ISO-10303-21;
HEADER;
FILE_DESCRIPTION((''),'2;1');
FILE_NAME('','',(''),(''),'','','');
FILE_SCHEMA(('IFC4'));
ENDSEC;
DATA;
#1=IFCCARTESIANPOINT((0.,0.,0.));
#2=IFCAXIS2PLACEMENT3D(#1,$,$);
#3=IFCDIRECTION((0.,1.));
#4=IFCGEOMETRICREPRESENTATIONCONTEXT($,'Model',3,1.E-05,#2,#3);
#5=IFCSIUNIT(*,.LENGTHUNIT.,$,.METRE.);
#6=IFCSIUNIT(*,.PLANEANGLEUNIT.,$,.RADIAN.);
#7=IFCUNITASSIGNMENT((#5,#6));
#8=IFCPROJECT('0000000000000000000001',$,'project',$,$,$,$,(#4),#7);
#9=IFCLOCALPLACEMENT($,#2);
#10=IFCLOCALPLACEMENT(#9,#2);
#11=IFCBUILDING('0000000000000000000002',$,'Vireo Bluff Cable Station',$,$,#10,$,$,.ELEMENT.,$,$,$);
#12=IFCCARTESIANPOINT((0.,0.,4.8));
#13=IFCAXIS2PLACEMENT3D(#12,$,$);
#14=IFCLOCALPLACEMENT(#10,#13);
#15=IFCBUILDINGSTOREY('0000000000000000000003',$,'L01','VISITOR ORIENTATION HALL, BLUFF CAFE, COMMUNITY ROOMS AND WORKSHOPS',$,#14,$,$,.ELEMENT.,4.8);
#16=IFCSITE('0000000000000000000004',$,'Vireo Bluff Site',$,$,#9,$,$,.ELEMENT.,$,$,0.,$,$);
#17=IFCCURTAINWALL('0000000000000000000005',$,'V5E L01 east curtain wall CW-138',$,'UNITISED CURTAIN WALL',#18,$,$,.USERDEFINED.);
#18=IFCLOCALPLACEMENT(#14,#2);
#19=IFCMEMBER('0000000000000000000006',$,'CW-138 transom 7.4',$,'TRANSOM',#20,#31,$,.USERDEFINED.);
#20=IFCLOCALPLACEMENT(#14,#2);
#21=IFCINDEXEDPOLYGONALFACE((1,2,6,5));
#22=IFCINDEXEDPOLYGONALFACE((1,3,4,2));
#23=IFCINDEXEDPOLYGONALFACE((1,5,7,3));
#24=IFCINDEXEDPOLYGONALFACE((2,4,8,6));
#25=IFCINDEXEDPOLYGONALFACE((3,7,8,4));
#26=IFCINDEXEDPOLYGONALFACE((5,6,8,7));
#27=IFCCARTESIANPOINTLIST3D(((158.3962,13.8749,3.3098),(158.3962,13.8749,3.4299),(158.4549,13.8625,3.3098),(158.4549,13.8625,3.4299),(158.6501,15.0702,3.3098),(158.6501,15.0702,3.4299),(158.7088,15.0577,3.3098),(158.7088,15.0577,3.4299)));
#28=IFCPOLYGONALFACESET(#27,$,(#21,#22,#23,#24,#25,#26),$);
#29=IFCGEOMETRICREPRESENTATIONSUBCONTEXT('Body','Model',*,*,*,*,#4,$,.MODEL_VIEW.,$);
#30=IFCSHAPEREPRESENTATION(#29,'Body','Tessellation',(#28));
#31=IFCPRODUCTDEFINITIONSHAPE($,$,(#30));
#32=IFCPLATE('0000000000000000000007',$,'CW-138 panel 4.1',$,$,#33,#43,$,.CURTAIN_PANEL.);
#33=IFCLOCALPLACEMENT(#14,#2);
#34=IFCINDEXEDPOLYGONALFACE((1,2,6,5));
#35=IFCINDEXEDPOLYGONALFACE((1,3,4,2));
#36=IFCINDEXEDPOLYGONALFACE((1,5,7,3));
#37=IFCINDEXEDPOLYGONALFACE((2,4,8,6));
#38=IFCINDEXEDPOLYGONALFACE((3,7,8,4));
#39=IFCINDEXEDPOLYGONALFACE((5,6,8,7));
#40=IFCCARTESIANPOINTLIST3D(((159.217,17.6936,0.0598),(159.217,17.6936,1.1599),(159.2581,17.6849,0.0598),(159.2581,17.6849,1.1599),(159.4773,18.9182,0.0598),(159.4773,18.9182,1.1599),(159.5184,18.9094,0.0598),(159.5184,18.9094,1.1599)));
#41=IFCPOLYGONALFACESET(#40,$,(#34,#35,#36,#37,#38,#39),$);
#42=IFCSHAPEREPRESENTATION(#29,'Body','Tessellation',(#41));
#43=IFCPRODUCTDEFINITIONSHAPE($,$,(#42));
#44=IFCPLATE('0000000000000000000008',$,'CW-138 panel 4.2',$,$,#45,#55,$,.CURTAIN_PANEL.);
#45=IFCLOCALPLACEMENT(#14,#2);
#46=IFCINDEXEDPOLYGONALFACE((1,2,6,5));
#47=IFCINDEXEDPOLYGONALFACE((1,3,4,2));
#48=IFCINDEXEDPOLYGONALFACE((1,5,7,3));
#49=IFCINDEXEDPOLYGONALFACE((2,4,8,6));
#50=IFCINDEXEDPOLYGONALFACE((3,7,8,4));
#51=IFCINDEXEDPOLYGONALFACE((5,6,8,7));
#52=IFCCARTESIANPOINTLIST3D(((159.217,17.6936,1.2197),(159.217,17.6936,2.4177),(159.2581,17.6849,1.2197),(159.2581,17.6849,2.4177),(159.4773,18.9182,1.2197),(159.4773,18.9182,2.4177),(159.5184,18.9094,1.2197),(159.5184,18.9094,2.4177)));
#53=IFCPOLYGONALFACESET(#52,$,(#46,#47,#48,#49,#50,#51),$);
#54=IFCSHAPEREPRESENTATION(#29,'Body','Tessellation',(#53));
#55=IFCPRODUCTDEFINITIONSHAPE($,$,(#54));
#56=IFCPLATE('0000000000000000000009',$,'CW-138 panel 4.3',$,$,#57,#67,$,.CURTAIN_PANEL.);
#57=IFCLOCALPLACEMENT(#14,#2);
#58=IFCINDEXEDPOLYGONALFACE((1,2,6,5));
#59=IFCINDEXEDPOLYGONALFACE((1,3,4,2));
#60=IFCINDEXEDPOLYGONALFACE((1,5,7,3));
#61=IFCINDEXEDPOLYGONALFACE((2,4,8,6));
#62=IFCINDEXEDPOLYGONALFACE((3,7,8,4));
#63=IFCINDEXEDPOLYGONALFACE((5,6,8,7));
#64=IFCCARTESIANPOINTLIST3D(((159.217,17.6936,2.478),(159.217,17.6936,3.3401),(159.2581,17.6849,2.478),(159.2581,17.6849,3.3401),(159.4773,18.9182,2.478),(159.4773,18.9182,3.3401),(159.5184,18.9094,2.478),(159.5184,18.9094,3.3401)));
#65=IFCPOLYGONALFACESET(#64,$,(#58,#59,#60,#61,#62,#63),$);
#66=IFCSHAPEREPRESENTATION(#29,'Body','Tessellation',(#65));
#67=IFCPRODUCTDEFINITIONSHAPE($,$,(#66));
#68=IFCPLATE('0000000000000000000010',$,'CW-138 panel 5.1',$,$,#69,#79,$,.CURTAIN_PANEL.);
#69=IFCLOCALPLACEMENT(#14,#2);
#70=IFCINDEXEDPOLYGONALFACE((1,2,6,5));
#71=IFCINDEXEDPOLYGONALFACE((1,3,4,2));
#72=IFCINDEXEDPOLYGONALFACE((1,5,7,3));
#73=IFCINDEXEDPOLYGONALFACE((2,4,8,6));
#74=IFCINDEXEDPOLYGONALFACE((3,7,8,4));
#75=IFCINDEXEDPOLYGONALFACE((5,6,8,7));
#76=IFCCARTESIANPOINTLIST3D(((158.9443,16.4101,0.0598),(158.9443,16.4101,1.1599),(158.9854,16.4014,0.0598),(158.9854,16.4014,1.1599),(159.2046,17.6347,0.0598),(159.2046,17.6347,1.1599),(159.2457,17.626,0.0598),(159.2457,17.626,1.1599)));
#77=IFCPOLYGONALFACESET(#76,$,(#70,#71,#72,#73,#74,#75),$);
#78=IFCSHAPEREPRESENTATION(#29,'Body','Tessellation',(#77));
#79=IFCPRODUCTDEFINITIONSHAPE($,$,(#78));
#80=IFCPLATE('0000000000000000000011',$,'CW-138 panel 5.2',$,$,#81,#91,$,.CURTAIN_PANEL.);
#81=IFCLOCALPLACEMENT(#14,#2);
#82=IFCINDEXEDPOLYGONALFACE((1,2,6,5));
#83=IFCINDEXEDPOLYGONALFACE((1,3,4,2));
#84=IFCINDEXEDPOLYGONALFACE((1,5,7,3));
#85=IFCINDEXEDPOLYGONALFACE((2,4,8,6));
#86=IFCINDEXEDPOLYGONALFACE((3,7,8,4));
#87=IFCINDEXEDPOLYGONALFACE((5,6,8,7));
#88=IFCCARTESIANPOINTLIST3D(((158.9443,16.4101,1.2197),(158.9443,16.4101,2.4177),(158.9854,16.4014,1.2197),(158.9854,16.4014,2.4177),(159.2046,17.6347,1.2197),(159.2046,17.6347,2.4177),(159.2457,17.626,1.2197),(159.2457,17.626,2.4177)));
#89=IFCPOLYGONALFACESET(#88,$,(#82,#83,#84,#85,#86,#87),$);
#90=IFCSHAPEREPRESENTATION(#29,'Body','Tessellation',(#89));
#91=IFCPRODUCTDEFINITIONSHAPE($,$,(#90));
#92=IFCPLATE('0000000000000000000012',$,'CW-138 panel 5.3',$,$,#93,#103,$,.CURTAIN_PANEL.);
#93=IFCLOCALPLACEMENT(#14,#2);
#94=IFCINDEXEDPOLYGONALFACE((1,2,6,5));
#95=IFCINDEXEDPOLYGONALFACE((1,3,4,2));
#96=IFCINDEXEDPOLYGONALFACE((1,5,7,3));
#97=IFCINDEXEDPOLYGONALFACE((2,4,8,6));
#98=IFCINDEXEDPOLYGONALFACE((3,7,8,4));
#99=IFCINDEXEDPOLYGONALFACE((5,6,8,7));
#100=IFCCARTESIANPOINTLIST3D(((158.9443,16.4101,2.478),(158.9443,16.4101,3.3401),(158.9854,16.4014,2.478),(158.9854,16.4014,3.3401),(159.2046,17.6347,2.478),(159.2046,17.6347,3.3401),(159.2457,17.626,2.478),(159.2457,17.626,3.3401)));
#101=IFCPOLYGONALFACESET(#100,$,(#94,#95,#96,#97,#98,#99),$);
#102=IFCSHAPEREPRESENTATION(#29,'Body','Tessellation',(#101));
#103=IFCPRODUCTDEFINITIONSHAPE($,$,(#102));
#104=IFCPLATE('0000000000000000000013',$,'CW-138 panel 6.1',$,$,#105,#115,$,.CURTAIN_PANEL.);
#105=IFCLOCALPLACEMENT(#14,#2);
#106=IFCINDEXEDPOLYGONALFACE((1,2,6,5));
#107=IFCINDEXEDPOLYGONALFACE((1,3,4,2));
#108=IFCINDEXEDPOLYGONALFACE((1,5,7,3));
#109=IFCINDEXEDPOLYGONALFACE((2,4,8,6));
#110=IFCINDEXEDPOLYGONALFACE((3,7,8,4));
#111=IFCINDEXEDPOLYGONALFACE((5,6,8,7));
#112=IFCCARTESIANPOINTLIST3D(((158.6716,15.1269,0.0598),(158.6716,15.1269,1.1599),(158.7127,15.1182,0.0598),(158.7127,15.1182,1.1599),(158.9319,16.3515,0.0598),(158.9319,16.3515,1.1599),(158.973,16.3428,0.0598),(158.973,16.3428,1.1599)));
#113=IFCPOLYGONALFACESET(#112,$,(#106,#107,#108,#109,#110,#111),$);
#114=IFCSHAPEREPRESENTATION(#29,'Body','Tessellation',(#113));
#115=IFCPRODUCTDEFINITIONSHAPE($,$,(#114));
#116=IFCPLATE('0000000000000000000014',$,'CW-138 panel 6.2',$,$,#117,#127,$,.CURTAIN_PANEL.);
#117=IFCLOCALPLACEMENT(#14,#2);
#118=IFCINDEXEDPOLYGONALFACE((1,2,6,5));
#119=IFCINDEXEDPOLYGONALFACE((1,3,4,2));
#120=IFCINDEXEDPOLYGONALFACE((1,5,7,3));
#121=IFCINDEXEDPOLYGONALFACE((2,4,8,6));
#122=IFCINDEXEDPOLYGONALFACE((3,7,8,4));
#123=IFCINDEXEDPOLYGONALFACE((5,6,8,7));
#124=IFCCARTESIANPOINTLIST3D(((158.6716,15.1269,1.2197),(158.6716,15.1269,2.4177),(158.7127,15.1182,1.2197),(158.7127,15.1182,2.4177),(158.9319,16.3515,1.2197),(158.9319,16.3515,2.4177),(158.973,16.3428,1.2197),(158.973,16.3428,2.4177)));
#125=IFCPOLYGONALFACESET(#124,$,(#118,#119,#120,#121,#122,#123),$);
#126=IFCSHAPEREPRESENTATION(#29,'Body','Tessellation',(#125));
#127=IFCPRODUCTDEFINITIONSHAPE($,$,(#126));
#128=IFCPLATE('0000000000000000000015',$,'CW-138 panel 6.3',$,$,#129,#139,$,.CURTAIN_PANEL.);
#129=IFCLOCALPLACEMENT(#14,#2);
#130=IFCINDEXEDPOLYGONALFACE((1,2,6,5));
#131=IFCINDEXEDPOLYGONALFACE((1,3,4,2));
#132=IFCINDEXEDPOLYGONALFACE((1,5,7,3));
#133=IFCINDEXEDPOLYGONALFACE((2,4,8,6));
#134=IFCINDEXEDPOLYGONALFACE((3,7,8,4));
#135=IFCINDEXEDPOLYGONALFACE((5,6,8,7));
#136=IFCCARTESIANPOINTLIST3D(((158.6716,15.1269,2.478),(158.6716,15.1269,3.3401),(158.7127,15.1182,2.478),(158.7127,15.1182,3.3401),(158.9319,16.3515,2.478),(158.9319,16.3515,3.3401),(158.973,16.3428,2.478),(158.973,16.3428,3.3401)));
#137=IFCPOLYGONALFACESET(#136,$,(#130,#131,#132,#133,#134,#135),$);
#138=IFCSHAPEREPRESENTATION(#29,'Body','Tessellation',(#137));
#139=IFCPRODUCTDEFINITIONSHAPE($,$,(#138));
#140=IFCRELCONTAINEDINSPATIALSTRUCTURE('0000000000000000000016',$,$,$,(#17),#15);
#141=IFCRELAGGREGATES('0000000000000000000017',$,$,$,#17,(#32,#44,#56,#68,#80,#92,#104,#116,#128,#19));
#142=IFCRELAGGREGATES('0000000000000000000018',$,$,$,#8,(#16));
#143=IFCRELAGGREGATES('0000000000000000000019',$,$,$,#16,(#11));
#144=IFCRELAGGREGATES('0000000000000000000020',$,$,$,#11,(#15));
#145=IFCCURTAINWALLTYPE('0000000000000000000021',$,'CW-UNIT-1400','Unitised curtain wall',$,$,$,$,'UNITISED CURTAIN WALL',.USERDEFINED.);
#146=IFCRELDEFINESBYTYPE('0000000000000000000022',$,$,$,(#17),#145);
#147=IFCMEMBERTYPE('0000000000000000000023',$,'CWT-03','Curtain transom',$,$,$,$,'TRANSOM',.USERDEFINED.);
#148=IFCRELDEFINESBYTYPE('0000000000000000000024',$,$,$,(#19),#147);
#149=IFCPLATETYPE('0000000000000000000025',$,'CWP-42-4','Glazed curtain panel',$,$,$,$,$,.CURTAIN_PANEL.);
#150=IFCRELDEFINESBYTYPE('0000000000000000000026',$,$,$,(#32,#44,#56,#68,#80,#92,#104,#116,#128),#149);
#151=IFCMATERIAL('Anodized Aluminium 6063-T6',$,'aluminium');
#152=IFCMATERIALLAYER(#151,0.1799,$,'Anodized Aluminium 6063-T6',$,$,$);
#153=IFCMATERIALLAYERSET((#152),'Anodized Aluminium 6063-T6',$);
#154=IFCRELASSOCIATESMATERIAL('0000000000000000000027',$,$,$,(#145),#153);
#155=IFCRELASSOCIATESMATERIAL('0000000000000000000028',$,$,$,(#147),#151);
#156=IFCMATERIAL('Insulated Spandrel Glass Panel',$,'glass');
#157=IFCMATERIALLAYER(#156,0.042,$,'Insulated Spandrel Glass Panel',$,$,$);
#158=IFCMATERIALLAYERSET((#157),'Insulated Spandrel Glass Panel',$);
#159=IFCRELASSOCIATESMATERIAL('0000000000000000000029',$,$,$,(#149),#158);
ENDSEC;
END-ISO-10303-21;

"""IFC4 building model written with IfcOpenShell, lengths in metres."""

from ifc_helpers import new_model, si_unit, direction, frame, origin, origin_2d, place, context, subcontext, project, spatial, rectangle, extrude, material, layer, layer_set, material_profile, profile_set, type_object, element, aggregate, save


model = new_model("IFC4")

# Units and contexts
model_context = context("Model", 3, precision=1e-05, world=origin(), true_north=direction((0.0, 1.0)))
body_context = subcontext(model_context, "Body", "Model", "MODEL_VIEW")
ifc_project = project(units=[si_unit("LENGTHUNIT", "METRE"), si_unit("PLANEANGLEUNIT", "RADIAN")], contexts=[model_context])

# Site, building, storey
site_placement = place(None, origin())
site = spatial("IfcSite", under=ifc_project, at=site_placement, Name="Vireo Bluff Site", CompositionType="ELEMENT", RefElevation=0.0)
building_placement = place(site_placement, origin())
building = spatial("IfcBuilding", under=site, at=building_placement, Name="Vireo Bluff Cable Station", CompositionType="ELEMENT")
storey_placement = place(building_placement, frame((0.0, 0.0, 4.8)))
storey = spatial("IfcBuildingStorey", under=building, at=storey_placement, Name="L01", Description="VISITOR ORIENTATION HALL, BLUFF CAFE, COMMUNITY ROOMS AND WORKSHOPS", CompositionType="ELEMENT", Elevation=4.8)

# Curtain wall, member, plates
ifc_material_1 = material(Name="Anodized Aluminium 6063-T6", Category="aluminium")
ifc_layer_1 = layer(ifc_material_1, 0.1799, Name="Anodized Aluminium 6063-T6")
ifc_layer_set_1 = layer_set([ifc_layer_1], Name="Anodized Aluminium 6063-T6")
curtain_wall_type = type_object("IfcCurtainWallType", Name="CW-UNIT-1400", Description="Unitised curtain wall", ElementType="UNITISED CURTAIN WALL", PredefinedType="USERDEFINED", material=ifc_layer_set_1)
curtain_wall_placement = place(storey_placement, origin())
curtain_wall = element("IfcCurtainWall", 1, at=curtain_wall_placement, inside=storey, type_object=curtain_wall_type, Name="V5E L01 east curtain wall CW-138", ObjectType="UNITISED CURTAIN WALL", PredefinedType="USERDEFINED")
ifc_material_profile_1 = material_profile(ifc_material_1, rectangle(XDim=0.0601, YDim=0.1201, at=origin_2d()), Name="ALU-T-60X120")
ifc_profile_set_1 = profile_set([ifc_material_profile_1], Name="Anodized Aluminium 6063-T6")
member_type_1 = type_object("IfcMemberType", Name="CWT-03", Description="Curtain transom", ElementType="TRANSOM", PredefinedType="USERDEFINED", material=ifc_profile_set_1)
member_1_placement = place(storey_placement, frame((158.6794, 15.064, 3.3699), z_axis=(-0.207782, -0.978175, 0.0), x_axis=(0.978175, -0.207782, 0.0)))
member_1 = element("IfcMember", 2, at=member_1_placement, type_object=member_type_1, Name="CW-138 transom 7.4", ObjectType="TRANSOM", PredefinedType="USERDEFINED", context=body_context, shape_type="SweptSolid", body=[
    extrude(rectangle(XDim=0.0601, YDim=0.1201, at=origin_2d()), origin(), (0.0, 0.0, 1.0), 1.2219),
])
ifc_material_2 = material(Name="Insulated Spandrel Glass Panel", Category="glass")
ifc_layer_2 = layer(ifc_material_2, 0.042, Name="Insulated Spandrel Glass Panel")
ifc_layer_set_2 = layer_set([ifc_layer_2], Name="Insulated Spandrel Glass Panel")
plate_type = type_object("IfcPlateType", Name="CWP-42-4", Description="Glazed curtain panel", PredefinedType="CURTAIN_PANEL", material=ifc_layer_set_2)
plate_1_placement = place(storey_placement, frame((159.3677, 18.3015, 0.0598), z_axis=(0.0, 0.0, 1.0), x_axis=(-0.207912, -0.978148, 0.0)))
plate_1 = element("IfcPlate", 3, at=plate_1_placement, type_object=plate_type, Name="CW-138 panel 4.1", PredefinedType="CURTAIN_PANEL", context=body_context, shape_type="SweptSolid", body=[
    extrude(rectangle(XDim=1.252, YDim=0.042, at=origin_2d()), origin(), (0.0, 0.0, 1.0), 1.1001),
])
plate_2_placement = place(storey_placement, frame((159.3677, 18.3015, 1.2197), z_axis=(0.0, 0.0, 1.0), x_axis=(-0.207912, -0.978148, 0.0)))
plate_2 = element("IfcPlate", 4, at=plate_2_placement, type_object=plate_type, Name="CW-138 panel 4.2", PredefinedType="CURTAIN_PANEL", context=body_context, shape_type="SweptSolid", body=[
    extrude(rectangle(XDim=1.252, YDim=0.042, at=origin_2d()), origin(), (0.0, 0.0, 1.0), 1.198),
])
plate_3_placement = place(storey_placement, frame((159.3677, 18.3015, 2.478), z_axis=(0.0, 0.0, 1.0), x_axis=(-0.207912, -0.978148, 0.0)))
plate_3 = element("IfcPlate", 5, at=plate_3_placement, type_object=plate_type, Name="CW-138 panel 4.3", PredefinedType="CURTAIN_PANEL", context=body_context, shape_type="SweptSolid", body=[
    extrude(rectangle(XDim=1.252, YDim=0.042, at=origin_2d()), origin(), (0.0, 0.0, 1.0), 0.8621),
])
plate_4_placement = place(storey_placement, frame((159.095, 17.0181, 0.0598), z_axis=(0.0, 0.0, 1.0), x_axis=(-0.207912, -0.978148, 0.0)))
plate_4 = element("IfcPlate", 6, at=plate_4_placement, type_object=plate_type, Name="CW-138 panel 5.1", PredefinedType="CURTAIN_PANEL", context=body_context, shape_type="SweptSolid", body=[
    extrude(rectangle(XDim=1.252, YDim=0.042, at=origin_2d()), origin(), (0.0, 0.0, 1.0), 1.1001),
])
plate_5_placement = place(storey_placement, frame((159.095, 17.0181, 1.2197), z_axis=(0.0, 0.0, 1.0), x_axis=(-0.207912, -0.978148, 0.0)))
plate_5 = element("IfcPlate", 7, at=plate_5_placement, type_object=plate_type, Name="CW-138 panel 5.2", PredefinedType="CURTAIN_PANEL", context=body_context, shape_type="SweptSolid", body=[
    extrude(rectangle(XDim=1.252, YDim=0.042, at=origin_2d()), origin(), (0.0, 0.0, 1.0), 1.198),
])
plate_6_placement = place(storey_placement, frame((159.095, 17.0181, 2.478), z_axis=(0.0, 0.0, 1.0), x_axis=(-0.207912, -0.978148, 0.0)))
plate_6 = element("IfcPlate", 8, at=plate_6_placement, type_object=plate_type, Name="CW-138 panel 5.3", PredefinedType="CURTAIN_PANEL", context=body_context, shape_type="SweptSolid", body=[
    extrude(rectangle(XDim=1.252, YDim=0.042, at=origin_2d()), origin(), (0.0, 0.0, 1.0), 0.8621),
])
plate_7_placement = place(storey_placement, frame((158.8223, 15.7349, 0.0598), z_axis=(0.0, 0.0, 1.0), x_axis=(-0.207912, -0.978148, 0.0)))
plate_7 = element("IfcPlate", 9, at=plate_7_placement, type_object=plate_type, Name="CW-138 panel 6.1", PredefinedType="CURTAIN_PANEL", context=body_context, shape_type="SweptSolid", body=[
    extrude(rectangle(XDim=1.252, YDim=0.042, at=origin_2d()), origin(), (0.0, 0.0, 1.0), 1.1001),
])
plate_8_placement = place(storey_placement, frame((158.8223, 15.7349, 1.2197), z_axis=(0.0, 0.0, 1.0), x_axis=(-0.207912, -0.978148, 0.0)))
plate_8 = element("IfcPlate", 10, at=plate_8_placement, type_object=plate_type, Name="CW-138 panel 6.2", PredefinedType="CURTAIN_PANEL", context=body_context, shape_type="SweptSolid", body=[
    extrude(rectangle(XDim=1.252, YDim=0.042, at=origin_2d()), origin(), (0.0, 0.0, 1.0), 1.198),
])
plate_9_placement = place(storey_placement, frame((158.8223, 15.7349, 2.478), z_axis=(0.0, 0.0, 1.0), x_axis=(-0.207912, -0.978148, 0.0)))
plate_9 = element("IfcPlate", 11, at=plate_9_placement, type_object=plate_type, Name="CW-138 panel 6.3", PredefinedType="CURTAIN_PANEL", context=body_context, shape_type="SweptSolid", body=[
    extrude(rectangle(XDim=1.252, YDim=0.042, at=origin_2d()), origin(), (0.0, 0.0, 1.0), 0.8621),
])
aggregate(curtain_wall, [plate_1, plate_2, plate_3, plate_4, plate_5, plate_6, plate_7, plate_8, plate_9, member_1])

save(model, "model.ifc")
